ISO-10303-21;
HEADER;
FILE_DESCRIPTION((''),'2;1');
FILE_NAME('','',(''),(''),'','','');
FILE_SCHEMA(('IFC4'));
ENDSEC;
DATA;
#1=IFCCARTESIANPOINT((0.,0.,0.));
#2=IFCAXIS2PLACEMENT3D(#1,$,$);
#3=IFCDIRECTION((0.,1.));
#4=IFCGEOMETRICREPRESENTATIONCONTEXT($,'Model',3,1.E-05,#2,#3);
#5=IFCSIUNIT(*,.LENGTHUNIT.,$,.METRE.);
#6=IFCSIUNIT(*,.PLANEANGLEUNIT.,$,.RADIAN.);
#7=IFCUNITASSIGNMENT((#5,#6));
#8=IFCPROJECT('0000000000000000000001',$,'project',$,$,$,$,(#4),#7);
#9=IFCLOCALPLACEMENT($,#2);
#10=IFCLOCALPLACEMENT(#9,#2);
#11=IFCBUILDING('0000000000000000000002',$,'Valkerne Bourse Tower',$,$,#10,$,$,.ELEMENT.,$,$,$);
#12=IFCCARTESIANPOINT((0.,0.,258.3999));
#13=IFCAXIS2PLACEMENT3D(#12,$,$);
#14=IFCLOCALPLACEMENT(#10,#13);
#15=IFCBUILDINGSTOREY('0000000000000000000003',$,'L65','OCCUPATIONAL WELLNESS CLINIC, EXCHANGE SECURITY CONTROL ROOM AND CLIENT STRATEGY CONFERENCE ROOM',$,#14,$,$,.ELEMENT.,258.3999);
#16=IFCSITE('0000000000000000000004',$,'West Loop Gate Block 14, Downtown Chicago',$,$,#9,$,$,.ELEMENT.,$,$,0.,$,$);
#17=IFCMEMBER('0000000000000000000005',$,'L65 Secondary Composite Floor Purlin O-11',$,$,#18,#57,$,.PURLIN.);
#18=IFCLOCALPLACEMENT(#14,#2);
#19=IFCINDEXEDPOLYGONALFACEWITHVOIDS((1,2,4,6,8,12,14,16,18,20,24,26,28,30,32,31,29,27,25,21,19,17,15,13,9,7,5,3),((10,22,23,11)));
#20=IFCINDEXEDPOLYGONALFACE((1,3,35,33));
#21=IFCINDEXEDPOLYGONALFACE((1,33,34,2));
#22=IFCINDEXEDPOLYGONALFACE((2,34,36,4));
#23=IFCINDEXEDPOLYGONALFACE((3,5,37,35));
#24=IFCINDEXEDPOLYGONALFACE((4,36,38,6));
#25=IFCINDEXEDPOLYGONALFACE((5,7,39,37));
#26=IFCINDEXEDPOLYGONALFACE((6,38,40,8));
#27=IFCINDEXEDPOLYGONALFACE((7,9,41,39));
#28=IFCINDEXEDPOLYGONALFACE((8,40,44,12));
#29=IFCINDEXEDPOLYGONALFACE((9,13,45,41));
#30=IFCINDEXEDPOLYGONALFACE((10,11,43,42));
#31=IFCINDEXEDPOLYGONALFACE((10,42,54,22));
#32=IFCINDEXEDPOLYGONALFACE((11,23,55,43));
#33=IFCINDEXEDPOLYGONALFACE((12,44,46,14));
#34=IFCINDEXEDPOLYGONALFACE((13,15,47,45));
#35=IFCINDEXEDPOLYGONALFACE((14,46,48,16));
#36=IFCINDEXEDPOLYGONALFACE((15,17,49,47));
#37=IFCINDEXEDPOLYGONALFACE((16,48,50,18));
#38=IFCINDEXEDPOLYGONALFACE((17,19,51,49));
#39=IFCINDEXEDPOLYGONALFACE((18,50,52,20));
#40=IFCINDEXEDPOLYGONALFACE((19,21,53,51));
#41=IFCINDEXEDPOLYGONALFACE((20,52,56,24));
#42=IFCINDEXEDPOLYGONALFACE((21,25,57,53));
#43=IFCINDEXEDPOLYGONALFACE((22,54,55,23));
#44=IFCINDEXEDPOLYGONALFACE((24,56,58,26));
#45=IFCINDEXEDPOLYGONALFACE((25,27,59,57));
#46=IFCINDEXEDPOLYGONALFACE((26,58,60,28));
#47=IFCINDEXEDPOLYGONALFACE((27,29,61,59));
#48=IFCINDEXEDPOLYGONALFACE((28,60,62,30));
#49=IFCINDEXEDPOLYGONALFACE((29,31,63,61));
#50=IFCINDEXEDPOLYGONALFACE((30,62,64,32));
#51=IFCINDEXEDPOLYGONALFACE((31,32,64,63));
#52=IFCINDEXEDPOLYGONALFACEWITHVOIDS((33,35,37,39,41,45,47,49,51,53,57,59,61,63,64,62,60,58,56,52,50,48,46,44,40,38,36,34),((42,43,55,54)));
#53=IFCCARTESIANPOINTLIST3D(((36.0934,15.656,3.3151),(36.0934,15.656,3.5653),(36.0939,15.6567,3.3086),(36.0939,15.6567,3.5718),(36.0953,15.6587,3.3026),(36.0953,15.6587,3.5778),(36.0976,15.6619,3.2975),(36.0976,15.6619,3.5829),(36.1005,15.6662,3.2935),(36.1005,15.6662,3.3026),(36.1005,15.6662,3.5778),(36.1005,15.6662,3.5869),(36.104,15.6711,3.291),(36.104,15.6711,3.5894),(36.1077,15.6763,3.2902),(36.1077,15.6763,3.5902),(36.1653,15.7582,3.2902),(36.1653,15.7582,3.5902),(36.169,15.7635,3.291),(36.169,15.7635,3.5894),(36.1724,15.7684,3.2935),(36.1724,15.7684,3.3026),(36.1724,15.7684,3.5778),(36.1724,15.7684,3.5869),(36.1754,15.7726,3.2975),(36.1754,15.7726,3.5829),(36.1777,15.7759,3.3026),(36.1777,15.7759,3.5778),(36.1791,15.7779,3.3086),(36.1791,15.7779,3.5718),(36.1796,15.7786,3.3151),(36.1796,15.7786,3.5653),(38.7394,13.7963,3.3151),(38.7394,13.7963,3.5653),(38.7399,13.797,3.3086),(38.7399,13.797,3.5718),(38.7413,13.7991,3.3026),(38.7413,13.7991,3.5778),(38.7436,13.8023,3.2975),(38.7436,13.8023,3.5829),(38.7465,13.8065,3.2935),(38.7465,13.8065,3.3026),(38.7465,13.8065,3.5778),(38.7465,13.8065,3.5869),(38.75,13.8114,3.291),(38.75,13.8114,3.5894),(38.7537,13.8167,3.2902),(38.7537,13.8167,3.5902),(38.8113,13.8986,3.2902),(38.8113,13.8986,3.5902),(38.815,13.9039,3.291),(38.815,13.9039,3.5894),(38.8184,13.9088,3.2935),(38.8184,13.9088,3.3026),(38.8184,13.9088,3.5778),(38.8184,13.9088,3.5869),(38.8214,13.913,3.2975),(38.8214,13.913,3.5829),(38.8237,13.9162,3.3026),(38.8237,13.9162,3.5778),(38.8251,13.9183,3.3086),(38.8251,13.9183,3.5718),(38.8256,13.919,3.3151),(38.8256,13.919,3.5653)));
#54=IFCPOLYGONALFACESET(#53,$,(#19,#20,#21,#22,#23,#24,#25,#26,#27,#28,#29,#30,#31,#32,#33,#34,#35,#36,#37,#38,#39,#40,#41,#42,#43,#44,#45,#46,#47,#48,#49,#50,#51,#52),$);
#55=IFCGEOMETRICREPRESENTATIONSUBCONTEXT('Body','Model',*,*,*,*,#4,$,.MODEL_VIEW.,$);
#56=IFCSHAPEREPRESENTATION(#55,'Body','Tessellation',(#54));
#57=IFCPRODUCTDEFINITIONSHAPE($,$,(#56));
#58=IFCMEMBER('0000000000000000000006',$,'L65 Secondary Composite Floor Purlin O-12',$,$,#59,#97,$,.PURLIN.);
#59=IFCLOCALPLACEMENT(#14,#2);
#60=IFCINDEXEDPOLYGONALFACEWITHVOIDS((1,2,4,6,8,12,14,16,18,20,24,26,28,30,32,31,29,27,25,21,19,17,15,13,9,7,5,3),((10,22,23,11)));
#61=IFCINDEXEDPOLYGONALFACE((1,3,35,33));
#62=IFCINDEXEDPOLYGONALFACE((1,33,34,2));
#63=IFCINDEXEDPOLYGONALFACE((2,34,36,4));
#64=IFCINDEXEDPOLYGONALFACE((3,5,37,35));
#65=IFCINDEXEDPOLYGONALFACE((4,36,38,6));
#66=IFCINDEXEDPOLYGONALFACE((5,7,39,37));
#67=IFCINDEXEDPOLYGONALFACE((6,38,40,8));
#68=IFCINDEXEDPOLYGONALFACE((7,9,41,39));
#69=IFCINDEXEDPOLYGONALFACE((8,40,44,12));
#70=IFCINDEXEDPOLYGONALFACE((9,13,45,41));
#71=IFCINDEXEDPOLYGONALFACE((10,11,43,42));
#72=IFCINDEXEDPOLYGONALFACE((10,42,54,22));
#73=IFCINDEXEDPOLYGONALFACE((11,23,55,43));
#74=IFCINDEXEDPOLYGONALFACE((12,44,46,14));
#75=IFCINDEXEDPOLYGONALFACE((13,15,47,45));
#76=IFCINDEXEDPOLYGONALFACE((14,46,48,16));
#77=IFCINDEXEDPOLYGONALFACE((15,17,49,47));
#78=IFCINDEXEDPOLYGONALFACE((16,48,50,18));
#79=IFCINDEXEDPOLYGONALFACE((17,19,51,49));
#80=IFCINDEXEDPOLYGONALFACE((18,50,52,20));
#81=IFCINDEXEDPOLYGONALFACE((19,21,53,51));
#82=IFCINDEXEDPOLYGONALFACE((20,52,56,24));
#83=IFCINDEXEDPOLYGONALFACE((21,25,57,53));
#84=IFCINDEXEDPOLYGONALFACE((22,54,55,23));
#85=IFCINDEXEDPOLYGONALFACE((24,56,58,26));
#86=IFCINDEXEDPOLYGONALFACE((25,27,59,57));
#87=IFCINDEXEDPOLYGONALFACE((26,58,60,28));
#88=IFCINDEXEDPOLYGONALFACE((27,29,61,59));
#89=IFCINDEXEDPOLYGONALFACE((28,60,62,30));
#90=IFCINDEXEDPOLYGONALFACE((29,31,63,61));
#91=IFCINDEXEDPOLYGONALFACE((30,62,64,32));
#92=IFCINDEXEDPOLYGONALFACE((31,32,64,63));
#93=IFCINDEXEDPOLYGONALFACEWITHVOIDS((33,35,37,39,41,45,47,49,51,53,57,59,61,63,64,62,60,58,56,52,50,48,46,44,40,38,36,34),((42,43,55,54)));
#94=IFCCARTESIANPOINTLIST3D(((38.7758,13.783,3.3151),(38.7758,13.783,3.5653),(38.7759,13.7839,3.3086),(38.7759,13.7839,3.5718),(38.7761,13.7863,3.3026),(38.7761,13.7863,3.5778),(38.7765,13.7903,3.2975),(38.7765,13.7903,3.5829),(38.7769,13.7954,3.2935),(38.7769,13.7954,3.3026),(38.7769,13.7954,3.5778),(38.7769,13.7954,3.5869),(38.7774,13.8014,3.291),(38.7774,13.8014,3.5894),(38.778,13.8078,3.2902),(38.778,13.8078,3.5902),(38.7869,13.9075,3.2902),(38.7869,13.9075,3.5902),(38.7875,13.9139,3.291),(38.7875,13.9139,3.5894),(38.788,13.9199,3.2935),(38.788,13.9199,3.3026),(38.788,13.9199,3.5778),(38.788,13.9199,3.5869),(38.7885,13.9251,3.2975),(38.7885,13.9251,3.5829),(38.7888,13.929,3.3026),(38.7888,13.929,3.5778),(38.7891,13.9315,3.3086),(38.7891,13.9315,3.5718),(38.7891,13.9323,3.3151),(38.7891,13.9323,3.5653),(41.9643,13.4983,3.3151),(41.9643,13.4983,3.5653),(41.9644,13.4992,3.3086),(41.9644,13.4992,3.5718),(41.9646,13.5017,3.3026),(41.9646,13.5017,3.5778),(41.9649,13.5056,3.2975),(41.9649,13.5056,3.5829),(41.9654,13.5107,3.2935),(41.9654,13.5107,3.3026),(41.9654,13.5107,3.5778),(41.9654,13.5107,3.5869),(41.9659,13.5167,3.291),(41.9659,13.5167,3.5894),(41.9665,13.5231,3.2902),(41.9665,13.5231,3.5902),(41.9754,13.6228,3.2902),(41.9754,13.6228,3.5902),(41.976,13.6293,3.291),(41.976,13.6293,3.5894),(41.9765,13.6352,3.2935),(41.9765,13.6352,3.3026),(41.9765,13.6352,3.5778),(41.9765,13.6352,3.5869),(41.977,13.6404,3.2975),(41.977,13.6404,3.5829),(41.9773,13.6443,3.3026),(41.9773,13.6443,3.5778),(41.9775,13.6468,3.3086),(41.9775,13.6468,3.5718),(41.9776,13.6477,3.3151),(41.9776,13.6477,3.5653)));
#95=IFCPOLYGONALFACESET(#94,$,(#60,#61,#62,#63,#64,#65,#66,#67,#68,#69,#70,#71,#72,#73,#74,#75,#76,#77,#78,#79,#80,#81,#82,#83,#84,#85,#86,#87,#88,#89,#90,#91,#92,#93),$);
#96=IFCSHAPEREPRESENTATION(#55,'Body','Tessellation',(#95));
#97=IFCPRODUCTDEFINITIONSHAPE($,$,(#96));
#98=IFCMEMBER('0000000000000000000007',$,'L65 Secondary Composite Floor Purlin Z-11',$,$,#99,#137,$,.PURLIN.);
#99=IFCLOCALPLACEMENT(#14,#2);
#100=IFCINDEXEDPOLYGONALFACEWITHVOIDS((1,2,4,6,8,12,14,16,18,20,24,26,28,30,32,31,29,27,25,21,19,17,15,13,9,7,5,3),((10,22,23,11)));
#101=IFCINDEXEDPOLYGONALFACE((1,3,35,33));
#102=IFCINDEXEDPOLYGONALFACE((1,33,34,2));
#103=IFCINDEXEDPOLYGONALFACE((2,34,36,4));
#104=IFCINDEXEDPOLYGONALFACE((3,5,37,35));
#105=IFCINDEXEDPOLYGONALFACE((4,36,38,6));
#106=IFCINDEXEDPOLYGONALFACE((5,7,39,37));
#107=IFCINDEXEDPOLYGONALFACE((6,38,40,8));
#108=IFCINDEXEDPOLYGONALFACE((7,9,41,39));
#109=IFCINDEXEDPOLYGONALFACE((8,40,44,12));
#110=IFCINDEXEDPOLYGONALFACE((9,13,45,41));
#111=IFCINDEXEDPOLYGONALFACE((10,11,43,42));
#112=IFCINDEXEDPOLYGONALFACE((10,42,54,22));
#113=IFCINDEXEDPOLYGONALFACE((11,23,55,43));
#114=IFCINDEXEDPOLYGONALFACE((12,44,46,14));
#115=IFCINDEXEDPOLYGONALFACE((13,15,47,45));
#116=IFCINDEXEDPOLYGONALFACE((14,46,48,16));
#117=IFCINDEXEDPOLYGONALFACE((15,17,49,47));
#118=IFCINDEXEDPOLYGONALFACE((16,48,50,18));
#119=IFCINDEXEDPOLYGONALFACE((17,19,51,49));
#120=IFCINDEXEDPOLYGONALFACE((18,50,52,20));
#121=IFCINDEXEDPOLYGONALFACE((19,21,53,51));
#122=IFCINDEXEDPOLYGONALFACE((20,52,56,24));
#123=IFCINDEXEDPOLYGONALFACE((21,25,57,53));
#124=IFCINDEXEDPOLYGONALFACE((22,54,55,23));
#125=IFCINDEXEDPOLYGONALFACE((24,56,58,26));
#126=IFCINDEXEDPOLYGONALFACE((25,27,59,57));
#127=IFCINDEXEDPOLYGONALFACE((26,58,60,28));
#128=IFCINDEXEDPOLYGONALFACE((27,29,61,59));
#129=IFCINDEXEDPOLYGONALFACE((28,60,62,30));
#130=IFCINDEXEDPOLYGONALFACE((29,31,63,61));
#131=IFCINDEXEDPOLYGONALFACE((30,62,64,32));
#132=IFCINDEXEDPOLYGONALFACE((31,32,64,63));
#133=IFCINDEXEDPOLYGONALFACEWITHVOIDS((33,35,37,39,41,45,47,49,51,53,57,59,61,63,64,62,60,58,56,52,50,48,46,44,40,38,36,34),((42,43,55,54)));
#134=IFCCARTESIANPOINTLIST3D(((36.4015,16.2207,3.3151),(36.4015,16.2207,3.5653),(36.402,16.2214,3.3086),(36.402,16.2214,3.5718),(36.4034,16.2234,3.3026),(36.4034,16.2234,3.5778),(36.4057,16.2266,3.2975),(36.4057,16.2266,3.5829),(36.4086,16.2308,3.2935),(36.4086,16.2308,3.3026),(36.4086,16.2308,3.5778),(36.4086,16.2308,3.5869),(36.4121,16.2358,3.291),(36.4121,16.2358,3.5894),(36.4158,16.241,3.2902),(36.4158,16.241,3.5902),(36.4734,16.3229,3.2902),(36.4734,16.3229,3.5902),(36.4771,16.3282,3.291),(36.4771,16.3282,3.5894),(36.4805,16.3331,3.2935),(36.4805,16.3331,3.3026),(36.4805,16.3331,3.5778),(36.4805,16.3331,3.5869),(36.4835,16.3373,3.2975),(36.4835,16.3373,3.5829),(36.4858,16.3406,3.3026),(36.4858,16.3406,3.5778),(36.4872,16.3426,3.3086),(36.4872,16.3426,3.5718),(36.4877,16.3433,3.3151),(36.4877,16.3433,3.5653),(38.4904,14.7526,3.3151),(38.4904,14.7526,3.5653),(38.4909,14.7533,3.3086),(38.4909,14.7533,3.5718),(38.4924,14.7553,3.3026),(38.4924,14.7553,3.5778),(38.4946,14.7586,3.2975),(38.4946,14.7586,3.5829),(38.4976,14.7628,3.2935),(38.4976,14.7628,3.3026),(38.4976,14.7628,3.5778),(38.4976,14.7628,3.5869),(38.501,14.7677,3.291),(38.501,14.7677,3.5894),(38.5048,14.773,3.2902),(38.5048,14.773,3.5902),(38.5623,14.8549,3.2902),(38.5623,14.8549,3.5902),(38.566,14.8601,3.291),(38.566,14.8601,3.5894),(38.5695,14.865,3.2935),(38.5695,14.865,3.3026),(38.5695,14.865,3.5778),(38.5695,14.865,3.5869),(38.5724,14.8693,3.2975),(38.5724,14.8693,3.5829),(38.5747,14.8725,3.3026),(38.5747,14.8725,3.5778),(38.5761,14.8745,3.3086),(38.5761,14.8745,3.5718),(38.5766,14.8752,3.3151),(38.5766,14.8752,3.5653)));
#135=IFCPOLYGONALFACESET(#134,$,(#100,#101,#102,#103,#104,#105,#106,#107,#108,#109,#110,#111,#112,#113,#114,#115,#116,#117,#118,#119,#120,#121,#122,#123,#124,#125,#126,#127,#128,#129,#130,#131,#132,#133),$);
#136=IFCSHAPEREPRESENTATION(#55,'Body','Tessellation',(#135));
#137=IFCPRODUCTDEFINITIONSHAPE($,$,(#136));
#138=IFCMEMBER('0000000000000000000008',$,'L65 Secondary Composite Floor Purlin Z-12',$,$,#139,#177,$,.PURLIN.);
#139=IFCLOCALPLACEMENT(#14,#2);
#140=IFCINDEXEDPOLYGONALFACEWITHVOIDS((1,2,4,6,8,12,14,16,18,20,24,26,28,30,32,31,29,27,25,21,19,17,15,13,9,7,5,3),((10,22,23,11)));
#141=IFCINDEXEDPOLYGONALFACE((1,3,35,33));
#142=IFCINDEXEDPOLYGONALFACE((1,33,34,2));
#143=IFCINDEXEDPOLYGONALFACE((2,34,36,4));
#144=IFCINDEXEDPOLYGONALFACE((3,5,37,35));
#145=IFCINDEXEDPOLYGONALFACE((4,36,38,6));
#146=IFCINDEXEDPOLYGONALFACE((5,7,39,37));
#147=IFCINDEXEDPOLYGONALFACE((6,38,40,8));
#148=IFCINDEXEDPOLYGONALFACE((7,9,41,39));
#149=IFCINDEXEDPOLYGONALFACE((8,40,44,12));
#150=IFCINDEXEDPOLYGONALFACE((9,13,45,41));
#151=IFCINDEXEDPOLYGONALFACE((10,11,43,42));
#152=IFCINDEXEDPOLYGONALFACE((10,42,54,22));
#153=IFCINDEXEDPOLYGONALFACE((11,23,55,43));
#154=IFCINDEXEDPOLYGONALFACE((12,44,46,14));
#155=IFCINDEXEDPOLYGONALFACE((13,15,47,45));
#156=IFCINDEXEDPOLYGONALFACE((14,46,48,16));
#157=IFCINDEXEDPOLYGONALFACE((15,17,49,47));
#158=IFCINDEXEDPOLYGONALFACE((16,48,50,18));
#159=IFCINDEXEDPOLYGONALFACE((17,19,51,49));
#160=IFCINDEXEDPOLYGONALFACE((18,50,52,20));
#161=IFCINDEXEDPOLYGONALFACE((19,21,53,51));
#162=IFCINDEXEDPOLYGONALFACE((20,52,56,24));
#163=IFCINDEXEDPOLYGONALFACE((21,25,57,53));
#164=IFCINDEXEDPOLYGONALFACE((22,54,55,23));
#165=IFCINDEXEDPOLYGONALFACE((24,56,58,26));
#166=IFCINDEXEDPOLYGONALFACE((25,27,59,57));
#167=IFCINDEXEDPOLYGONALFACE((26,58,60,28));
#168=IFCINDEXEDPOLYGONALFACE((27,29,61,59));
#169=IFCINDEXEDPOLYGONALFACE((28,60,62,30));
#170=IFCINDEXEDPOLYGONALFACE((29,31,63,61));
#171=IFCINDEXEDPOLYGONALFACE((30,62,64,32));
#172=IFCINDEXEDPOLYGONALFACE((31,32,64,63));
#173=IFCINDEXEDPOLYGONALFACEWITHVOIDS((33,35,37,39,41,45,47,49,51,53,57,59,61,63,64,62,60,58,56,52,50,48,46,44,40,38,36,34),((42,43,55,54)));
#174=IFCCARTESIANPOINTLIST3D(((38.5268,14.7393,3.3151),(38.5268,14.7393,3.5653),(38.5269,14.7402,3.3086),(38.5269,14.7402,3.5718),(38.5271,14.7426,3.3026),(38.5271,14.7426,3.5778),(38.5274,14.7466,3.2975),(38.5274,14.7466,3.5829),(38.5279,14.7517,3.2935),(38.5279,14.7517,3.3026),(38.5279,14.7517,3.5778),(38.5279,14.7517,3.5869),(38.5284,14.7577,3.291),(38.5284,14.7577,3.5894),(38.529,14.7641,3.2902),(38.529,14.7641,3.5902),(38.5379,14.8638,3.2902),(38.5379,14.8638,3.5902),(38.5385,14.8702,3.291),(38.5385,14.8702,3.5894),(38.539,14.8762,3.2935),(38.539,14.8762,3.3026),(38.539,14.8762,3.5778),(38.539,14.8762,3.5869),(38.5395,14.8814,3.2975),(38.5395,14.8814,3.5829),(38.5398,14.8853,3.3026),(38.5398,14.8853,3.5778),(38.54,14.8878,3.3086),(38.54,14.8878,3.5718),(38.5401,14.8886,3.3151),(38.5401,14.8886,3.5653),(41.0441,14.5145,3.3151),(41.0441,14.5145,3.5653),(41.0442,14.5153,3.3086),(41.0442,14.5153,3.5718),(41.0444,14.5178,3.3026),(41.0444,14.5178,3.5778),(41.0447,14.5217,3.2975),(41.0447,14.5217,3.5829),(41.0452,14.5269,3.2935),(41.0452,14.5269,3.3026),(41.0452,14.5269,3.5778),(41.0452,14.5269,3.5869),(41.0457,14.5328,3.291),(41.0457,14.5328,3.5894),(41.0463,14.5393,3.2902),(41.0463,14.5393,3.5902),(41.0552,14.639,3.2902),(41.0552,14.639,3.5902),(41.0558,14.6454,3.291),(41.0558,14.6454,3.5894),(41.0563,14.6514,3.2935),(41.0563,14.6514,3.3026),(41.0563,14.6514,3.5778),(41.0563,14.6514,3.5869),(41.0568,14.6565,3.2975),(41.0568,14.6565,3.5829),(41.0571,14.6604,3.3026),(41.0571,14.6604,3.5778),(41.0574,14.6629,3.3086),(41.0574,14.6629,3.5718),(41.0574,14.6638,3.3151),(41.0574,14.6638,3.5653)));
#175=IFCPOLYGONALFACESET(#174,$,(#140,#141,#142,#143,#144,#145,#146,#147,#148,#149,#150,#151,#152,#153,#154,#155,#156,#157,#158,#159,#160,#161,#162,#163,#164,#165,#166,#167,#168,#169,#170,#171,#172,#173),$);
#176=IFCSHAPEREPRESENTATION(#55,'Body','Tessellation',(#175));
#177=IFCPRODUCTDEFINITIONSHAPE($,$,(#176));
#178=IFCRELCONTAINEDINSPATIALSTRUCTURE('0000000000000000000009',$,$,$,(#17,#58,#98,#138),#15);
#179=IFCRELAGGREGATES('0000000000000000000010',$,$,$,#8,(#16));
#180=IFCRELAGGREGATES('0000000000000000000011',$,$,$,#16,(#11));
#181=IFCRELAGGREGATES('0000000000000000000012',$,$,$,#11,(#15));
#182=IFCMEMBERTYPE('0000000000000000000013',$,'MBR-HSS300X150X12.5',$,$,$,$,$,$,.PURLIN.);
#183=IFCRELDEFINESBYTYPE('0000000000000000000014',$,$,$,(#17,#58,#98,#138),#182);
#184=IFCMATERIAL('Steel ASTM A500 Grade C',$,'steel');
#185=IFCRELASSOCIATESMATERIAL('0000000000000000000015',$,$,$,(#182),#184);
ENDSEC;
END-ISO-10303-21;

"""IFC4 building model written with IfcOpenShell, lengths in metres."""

from ifc_helpers import new_model, si_unit, direction, frame, origin, origin_2d, place, context, subcontext, project, spatial, hollow_rectangle, extrude, material, material_profile, profile_set, type_object, element, save


model = new_model("IFC4")

# Units and contexts
model_context = context("Model", 3, precision=1e-05, world=origin(), true_north=direction((0.0, 1.0)))
body_context = subcontext(model_context, "Body", "Model", "MODEL_VIEW")
ifc_project = project(units=[si_unit("LENGTHUNIT", "METRE"), si_unit("PLANEANGLEUNIT", "RADIAN")], contexts=[model_context])

# Site, building, storey
site_placement = place(None, origin())
site = spatial("IfcSite", under=ifc_project, at=site_placement, Name="West Loop Gate Block 14, Downtown Chicago", CompositionType="ELEMENT", RefElevation=0.0)
building_placement = place(site_placement, origin())
building = spatial("IfcBuilding", under=site, at=building_placement, Name="Valkerne Bourse Tower", CompositionType="ELEMENT")
storey_placement = place(building_placement, frame((0.0, 0.0, 258.3999)))
storey = spatial("IfcBuildingStorey", under=building, at=storey_placement, Name="L65", Description="OCCUPATIONAL WELLNESS CLINIC, EXCHANGE SECURITY CONTROL ROOM AND CLIENT STRATEGY CONFERENCE ROOM", CompositionType="ELEMENT", Elevation=258.3999)

# Members
ifc_material_1 = material(Name="Steel ASTM A500 Grade C", Category="steel")
ifc_material_profile_1 = material_profile(ifc_material_1, hollow_rectangle(XDim=0.1499, YDim=0.3, WallThickness=0.0125, OuterFilletRadius=0.0249, at=origin_2d()), Name="HSS300X150X12.5")
ifc_profile_set_1 = profile_set([ifc_material_profile_1], Name="Steel ASTM A500 Grade C")
member_type_1 = type_object("IfcMemberType", Name="MBR-HSS300X150X12.5", PredefinedType="PURLIN", material=ifc_profile_set_1)
member_1_placement = place(storey_placement, frame((36.1365, 15.7173, 3.4402), z_axis=(0.818152, -0.575002, 0.0), x_axis=(0.575002, 0.818152, 0.0)))
element("IfcMember", 1, at=member_1_placement, inside=storey, type_object=member_type_1, Name="L65 Secondary Composite Floor Purlin O-11", PredefinedType="PURLIN", context=body_context, shape_type="SweptSolid", body=[
    extrude(hollow_rectangle(XDim=0.1499, YDim=0.3, WallThickness=0.0125, OuterFilletRadius=0.0249, at=origin_2d()), origin(), (0.0, 0.0, 1.0), 3.2341),
])
member_2_placement = place(storey_placement, frame((38.7825, 13.8577, 3.4402), z_axis=(0.996038, -0.088927, 0.0), x_axis=(0.088927, 0.996038, 0.0)))
element("IfcMember", 2, at=member_2_placement, inside=storey, type_object=member_type_1, Name="L65 Secondary Composite Floor Purlin O-12", PredefinedType="PURLIN", context=body_context, shape_type="SweptSolid", body=[
    extrude(hollow_rectangle(XDim=0.1499, YDim=0.3, WallThickness=0.0125, OuterFilletRadius=0.0249, at=origin_2d()), origin(), (0.0, 0.0, 1.0), 3.2012),
])
member_3_placement = place(storey_placement, frame((36.4446, 16.282, 3.4402), z_axis=(0.818161, -0.574989, 0.0), x_axis=(0.574989, 0.818161, 0.0)))
element("IfcMember", 3, at=member_3_placement, inside=storey, type_object=member_type_1, Name="L65 Secondary Composite Floor Purlin Z-11", PredefinedType="PURLIN", context=body_context, shape_type="SweptSolid", body=[
    extrude(hollow_rectangle(XDim=0.1499, YDim=0.3, WallThickness=0.0125, OuterFilletRadius=0.0249, at=origin_2d()), origin(), (0.0, 0.0, 1.0), 2.5532),
])
member_4_placement = place(storey_placement, frame((38.5334, 14.814, 3.4402), z_axis=(0.996034, -0.088968, 0.0), x_axis=(0.088968, 0.996034, 0.0)))
element("IfcMember", 4, at=member_4_placement, inside=storey, type_object=member_type_1, Name="L65 Secondary Composite Floor Purlin Z-12", PredefinedType="PURLIN", context=body_context, shape_type="SweptSolid", body=[
    extrude(hollow_rectangle(XDim=0.1499, YDim=0.3, WallThickness=0.0125, OuterFilletRadius=0.0249, at=origin_2d()), origin(), (0.0, 0.0, 1.0), 2.5273),
])

save(model, "model.ifc")
